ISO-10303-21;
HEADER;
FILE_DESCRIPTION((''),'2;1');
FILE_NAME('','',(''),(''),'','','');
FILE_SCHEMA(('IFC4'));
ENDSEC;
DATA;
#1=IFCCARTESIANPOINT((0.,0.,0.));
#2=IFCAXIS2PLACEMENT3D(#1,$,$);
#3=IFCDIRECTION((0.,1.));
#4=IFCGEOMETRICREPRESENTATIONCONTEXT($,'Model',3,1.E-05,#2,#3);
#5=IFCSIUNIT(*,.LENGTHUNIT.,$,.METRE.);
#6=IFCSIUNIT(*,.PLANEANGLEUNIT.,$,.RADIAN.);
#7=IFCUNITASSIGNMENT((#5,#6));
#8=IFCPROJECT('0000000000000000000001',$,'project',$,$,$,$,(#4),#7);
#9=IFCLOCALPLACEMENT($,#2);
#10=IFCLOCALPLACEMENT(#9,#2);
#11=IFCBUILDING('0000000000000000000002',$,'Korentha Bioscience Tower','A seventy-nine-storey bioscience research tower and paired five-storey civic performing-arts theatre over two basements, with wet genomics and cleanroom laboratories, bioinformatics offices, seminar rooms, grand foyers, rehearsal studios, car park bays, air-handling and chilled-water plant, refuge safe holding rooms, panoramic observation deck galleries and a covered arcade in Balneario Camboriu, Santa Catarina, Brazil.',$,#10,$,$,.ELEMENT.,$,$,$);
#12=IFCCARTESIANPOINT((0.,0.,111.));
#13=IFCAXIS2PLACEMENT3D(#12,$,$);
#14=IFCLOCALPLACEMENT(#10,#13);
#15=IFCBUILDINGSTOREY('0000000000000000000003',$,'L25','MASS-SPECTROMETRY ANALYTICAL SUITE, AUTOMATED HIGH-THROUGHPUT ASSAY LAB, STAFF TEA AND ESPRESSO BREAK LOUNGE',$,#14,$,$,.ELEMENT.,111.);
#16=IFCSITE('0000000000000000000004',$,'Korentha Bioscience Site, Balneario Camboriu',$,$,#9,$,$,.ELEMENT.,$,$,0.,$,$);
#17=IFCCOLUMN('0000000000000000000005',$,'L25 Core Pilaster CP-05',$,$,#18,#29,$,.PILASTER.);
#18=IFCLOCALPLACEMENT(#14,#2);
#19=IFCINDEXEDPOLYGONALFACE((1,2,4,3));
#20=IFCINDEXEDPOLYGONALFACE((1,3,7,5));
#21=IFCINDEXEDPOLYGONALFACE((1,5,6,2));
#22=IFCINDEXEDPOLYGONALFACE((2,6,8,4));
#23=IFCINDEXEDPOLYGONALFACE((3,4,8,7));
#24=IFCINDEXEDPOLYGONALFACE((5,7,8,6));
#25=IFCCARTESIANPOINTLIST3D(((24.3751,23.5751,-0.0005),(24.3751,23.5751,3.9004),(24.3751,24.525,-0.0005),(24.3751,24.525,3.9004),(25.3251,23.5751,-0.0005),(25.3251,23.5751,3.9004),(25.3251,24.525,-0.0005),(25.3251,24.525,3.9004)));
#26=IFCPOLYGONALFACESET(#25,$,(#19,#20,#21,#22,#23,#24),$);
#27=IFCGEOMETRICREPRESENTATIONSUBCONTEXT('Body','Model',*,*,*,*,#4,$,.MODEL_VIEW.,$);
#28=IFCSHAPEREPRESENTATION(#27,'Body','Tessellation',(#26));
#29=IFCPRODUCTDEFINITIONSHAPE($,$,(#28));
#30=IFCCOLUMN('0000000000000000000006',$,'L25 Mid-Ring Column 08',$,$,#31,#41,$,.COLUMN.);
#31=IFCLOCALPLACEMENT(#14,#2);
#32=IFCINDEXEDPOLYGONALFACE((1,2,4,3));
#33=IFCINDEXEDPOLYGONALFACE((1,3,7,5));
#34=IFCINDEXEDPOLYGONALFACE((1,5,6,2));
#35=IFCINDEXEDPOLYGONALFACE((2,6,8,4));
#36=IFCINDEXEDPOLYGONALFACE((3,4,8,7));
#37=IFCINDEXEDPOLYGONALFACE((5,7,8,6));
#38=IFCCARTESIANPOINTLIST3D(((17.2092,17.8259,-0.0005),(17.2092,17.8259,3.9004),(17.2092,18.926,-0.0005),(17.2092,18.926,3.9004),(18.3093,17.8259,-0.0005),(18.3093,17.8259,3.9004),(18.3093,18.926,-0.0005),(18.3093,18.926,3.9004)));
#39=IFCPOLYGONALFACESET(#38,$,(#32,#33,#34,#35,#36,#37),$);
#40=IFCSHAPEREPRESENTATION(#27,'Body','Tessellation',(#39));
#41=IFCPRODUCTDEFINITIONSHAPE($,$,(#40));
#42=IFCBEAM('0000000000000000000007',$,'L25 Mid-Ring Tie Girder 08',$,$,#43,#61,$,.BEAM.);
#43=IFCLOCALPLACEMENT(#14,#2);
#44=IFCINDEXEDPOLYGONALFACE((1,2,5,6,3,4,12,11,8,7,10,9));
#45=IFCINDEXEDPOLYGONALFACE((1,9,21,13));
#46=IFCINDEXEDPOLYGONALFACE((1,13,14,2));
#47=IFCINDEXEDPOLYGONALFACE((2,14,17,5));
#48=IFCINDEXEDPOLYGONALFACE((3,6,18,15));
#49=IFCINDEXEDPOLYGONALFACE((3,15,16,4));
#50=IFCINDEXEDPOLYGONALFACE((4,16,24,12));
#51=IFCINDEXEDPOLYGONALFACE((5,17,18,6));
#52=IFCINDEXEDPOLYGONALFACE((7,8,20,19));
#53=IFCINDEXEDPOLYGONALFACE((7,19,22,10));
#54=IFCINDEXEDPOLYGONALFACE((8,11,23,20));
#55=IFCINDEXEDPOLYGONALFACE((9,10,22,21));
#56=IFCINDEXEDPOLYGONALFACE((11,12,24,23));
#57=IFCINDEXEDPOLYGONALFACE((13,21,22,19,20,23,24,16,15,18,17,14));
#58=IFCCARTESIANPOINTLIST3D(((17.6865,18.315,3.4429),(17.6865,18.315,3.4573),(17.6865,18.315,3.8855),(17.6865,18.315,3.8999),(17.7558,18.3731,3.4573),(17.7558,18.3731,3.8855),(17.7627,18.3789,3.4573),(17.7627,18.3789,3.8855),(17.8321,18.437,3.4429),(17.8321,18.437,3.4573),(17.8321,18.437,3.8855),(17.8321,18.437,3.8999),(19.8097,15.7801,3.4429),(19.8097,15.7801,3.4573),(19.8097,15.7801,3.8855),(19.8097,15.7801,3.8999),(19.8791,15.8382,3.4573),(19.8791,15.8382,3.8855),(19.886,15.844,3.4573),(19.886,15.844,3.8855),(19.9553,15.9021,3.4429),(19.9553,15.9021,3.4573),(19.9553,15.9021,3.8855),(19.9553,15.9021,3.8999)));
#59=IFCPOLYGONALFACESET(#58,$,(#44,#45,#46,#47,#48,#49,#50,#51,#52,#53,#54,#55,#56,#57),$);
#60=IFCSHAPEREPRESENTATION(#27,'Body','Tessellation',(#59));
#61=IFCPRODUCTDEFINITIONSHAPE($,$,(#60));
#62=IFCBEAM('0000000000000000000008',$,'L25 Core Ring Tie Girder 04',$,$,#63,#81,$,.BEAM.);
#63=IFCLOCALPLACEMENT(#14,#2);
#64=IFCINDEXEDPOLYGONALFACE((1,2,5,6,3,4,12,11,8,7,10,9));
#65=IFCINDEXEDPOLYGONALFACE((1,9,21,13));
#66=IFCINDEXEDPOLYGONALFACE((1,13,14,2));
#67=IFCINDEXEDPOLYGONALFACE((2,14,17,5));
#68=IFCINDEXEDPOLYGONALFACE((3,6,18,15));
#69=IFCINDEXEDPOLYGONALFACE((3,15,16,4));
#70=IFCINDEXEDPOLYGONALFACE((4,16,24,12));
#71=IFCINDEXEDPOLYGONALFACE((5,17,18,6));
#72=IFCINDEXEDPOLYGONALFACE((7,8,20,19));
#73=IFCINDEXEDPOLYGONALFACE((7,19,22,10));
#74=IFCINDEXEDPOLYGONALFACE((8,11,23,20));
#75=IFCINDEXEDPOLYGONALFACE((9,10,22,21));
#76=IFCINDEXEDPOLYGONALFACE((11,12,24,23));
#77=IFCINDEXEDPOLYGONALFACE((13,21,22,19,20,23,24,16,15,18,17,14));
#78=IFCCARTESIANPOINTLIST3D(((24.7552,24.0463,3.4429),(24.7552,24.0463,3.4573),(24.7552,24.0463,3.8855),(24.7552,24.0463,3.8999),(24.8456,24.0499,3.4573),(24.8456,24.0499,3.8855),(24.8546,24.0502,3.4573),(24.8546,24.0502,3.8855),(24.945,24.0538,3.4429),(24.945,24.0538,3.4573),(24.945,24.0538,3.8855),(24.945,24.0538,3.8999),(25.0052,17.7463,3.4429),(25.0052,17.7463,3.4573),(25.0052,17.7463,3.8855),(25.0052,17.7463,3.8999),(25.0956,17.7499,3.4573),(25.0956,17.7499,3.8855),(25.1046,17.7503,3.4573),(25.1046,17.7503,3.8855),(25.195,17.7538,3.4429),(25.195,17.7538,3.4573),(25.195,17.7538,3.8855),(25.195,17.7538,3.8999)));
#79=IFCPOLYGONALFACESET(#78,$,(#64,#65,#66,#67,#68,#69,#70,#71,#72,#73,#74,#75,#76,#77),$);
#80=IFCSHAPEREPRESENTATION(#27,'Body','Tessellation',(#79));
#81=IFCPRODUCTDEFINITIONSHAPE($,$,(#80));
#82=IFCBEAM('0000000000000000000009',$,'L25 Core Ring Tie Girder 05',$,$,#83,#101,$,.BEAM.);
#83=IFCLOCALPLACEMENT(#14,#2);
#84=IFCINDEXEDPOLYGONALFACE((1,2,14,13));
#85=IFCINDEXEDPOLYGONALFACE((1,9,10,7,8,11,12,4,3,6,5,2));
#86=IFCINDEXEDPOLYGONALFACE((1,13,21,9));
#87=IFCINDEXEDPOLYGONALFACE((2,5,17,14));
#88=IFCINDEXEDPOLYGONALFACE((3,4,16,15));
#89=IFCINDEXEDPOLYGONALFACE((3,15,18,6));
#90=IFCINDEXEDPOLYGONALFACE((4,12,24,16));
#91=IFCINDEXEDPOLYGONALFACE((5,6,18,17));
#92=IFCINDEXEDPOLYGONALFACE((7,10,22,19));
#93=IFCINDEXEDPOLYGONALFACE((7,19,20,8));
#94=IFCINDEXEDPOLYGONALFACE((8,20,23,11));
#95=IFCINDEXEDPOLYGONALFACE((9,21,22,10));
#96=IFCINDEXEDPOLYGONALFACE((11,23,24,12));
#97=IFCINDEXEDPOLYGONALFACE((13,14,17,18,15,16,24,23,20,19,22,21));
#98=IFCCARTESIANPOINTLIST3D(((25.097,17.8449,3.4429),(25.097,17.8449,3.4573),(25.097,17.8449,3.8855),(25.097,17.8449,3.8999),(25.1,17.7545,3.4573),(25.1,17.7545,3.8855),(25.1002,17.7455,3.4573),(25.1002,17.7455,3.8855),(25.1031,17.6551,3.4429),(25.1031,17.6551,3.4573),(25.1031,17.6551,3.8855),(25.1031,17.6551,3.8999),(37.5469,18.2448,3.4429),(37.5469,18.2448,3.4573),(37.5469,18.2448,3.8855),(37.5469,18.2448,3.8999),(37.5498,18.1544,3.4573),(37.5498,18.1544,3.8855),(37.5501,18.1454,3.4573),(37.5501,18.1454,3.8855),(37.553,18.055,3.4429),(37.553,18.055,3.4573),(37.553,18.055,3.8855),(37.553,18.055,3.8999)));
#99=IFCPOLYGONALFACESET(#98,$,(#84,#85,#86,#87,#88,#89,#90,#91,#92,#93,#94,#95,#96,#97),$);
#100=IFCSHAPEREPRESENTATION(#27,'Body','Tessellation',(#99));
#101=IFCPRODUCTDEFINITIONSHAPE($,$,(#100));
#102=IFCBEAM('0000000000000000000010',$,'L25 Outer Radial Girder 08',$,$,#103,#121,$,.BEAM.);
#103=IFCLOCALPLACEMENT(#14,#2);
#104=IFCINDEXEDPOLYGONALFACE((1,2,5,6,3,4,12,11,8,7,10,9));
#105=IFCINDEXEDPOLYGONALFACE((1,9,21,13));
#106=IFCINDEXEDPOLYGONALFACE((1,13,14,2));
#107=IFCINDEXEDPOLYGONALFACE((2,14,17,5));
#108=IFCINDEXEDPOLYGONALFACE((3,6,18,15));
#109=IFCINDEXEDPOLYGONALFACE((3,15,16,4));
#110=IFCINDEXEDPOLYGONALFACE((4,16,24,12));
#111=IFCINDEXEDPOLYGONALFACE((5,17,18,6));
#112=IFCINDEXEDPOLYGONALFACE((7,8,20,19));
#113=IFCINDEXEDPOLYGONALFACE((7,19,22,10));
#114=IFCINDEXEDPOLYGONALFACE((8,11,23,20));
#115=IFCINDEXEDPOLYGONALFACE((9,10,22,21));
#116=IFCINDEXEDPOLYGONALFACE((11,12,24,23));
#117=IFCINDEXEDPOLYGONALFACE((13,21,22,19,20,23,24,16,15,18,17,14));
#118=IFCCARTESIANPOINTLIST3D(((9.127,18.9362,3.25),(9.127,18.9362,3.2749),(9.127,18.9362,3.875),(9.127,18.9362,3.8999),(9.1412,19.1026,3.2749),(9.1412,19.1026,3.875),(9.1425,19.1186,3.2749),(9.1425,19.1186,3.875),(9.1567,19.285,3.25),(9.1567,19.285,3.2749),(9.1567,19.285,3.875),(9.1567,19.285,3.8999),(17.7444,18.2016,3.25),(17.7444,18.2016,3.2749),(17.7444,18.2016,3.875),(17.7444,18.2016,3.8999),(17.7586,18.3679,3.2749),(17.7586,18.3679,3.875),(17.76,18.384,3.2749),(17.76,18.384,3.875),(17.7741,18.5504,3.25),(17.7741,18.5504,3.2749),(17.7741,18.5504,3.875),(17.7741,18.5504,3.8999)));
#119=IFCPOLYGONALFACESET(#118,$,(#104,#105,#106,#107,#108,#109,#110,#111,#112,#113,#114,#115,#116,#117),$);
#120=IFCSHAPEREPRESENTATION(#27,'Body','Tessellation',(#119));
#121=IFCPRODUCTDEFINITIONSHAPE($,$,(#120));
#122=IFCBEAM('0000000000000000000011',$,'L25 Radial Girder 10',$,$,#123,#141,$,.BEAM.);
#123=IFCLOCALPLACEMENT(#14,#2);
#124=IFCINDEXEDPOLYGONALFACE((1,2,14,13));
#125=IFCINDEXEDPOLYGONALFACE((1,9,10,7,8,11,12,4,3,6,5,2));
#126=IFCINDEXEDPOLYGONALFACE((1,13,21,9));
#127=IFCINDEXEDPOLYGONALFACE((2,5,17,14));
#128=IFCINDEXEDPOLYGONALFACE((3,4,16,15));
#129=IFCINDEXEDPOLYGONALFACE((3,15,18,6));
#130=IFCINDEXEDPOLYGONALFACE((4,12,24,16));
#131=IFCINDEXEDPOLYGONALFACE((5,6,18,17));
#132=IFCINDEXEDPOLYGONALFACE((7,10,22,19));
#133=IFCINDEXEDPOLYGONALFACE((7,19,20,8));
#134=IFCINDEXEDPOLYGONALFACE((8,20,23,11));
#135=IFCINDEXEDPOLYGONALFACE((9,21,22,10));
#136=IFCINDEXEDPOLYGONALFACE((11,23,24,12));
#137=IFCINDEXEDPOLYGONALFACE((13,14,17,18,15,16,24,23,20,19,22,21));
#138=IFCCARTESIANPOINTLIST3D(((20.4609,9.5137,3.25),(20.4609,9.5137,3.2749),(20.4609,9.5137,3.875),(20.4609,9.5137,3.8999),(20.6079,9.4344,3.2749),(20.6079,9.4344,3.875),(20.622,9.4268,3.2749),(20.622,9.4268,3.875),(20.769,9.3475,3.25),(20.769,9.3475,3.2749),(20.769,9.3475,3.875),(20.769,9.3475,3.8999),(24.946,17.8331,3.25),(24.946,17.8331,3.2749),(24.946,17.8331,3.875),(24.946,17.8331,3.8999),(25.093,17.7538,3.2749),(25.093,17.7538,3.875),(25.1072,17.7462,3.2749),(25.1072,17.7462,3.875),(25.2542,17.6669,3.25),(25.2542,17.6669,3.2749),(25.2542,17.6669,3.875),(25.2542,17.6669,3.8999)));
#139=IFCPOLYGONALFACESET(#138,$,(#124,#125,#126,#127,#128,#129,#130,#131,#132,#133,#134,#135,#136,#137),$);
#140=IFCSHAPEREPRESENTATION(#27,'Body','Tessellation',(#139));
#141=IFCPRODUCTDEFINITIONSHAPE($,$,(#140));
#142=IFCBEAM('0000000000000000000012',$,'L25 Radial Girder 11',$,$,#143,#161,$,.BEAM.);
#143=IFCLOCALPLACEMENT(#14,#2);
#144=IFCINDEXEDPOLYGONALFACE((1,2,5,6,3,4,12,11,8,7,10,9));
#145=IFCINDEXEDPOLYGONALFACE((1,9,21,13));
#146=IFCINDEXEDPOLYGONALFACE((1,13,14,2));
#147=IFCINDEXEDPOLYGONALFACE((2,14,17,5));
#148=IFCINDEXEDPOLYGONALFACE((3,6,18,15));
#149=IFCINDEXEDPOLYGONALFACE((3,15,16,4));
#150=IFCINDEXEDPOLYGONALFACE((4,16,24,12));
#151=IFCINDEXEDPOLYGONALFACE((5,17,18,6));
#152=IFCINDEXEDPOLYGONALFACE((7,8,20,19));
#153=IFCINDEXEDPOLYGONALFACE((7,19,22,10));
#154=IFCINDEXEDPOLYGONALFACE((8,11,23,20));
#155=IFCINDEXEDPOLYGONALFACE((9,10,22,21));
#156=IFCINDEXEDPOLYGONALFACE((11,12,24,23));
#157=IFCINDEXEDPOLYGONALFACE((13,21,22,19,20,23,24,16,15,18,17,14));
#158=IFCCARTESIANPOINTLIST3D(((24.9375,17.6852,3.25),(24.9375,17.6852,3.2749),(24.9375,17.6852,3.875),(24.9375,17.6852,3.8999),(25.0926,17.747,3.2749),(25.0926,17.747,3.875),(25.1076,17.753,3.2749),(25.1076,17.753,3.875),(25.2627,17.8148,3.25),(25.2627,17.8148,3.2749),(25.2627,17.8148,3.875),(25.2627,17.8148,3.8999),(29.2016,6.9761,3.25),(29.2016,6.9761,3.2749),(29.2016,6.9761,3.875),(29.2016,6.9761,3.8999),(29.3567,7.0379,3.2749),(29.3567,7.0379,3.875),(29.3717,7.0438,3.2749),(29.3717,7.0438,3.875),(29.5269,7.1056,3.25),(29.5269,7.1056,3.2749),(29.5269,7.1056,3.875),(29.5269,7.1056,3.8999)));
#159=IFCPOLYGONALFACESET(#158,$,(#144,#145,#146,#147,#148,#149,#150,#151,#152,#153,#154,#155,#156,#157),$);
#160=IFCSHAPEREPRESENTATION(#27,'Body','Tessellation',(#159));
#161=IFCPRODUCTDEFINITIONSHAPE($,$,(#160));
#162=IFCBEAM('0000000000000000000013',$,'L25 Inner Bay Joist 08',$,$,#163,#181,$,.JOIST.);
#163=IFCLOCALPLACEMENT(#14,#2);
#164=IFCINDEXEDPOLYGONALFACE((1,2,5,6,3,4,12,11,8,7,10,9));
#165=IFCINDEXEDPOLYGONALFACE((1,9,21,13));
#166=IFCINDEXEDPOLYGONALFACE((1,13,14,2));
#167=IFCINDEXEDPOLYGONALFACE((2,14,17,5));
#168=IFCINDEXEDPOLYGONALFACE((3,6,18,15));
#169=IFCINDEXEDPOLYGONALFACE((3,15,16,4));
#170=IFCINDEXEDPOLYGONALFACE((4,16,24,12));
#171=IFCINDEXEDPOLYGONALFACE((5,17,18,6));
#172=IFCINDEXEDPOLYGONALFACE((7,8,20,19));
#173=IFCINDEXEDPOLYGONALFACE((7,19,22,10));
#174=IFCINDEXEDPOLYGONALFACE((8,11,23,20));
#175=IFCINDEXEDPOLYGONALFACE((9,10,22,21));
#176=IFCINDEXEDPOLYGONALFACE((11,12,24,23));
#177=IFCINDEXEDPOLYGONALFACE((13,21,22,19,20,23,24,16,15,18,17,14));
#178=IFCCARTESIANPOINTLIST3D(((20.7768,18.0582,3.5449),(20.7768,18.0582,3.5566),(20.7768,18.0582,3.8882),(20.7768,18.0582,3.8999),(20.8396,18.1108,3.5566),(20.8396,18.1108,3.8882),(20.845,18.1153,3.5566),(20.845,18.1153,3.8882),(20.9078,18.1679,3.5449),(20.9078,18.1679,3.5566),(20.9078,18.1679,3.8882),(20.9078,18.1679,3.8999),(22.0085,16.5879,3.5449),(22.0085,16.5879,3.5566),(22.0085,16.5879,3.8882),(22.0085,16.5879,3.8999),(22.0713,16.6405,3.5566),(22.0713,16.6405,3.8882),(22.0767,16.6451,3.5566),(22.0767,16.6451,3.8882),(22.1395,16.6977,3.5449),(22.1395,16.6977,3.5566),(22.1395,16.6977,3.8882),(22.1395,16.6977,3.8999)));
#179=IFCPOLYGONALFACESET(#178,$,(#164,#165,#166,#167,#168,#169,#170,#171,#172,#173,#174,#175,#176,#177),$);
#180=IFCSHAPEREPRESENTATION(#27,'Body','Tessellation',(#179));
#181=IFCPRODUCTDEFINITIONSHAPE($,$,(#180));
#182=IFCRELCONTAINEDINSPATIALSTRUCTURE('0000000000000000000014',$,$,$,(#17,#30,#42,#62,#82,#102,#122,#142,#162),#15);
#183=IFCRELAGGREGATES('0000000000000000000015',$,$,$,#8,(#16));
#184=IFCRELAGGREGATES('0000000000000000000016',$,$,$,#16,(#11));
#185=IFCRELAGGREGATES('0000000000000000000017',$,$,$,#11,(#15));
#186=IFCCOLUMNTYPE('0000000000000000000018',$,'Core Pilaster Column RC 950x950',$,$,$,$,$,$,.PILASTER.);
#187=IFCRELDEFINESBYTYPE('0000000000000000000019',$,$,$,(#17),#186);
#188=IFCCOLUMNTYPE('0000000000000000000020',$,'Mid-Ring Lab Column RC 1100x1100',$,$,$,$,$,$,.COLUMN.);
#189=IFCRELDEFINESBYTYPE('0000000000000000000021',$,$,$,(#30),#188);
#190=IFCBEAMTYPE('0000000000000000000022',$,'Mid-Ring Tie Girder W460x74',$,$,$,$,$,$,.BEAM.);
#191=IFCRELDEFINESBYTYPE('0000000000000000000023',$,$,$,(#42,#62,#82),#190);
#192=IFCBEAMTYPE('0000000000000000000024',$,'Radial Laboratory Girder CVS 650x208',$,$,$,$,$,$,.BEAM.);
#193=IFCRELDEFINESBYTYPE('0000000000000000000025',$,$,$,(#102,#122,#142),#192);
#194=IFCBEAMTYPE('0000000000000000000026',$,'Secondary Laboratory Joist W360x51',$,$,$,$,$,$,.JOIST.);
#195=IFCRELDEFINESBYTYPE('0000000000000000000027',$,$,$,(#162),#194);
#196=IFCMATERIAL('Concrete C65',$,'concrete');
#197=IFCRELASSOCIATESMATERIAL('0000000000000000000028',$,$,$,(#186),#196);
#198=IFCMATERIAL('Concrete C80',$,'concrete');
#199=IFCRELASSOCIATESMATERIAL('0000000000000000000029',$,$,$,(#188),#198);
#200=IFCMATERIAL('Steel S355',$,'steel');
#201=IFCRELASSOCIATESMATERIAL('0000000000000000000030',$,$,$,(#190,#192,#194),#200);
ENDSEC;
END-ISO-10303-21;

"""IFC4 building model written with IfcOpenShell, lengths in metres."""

from ifc_helpers import new_model, si_unit, direction, frame, origin, origin_2d, place, context, subcontext, project, spatial, rectangle, i_section, extrude, material, material_profile, profile_set, type_object, element, save


model = new_model("IFC4")

# Units and contexts
model_context = context("Model", 3, precision=1e-05, world=origin(), true_north=direction((0.0, 1.0)))
body_context = subcontext(model_context, "Body", "Model", "MODEL_VIEW")
ifc_project = project(units=[si_unit("LENGTHUNIT", "METRE"), si_unit("PLANEANGLEUNIT", "RADIAN")], contexts=[model_context])

# Site, building, storey
site_placement = place(None, origin())
site = spatial("IfcSite", under=ifc_project, at=site_placement, Name="Korentha Bioscience Site, Balneario Camboriu", CompositionType="ELEMENT", RefElevation=0.0)
building_placement = place(site_placement, origin())
building = spatial("IfcBuilding", under=site, at=building_placement, Name="Korentha Bioscience Tower", Description="A seventy-nine-storey bioscience research tower and paired five-storey civic performing-arts theatre over two basements, with wet genomics and cleanroom laboratories, bioinformatics offices, seminar rooms, grand foyers, rehearsal studios, car park bays, air-handling and chilled-water plant, refuge safe holding rooms, panoramic observation deck galleries and a covered arcade in Balneario Camboriu, Santa Catarina, Brazil.", CompositionType="ELEMENT")
storey_placement = place(building_placement, frame((0.0, 0.0, 111.0)))
storey = spatial("IfcBuildingStorey", under=building, at=storey_placement, Name="L25", Description="MASS-SPECTROMETRY ANALYTICAL SUITE, AUTOMATED HIGH-THROUGHPUT ASSAY LAB, STAFF TEA AND ESPRESSO BREAK LOUNGE", CompositionType="ELEMENT", Elevation=111.0)

# Columns
ifc_material_1 = material(Name="Concrete C65", Category="concrete")
ifc_material_profile_1 = material_profile(ifc_material_1, rectangle(XDim=0.95, YDim=0.95, at=origin_2d()), Name="Concrete C65")
ifc_profile_set_1 = profile_set([ifc_material_profile_1], Name="Concrete C65 (COL-CP09)")
column_type_1 = type_object("IfcColumnType", Name="Core Pilaster Column RC 950x950", PredefinedType="PILASTER", material=ifc_profile_set_1)
column_1_placement = place(storey_placement, frame((24.8501, 24.05, -0.0005), z_axis=(0.0, 0.0, 1.0), x_axis=(1.0, 0.0, 0.0)))
element("IfcColumn", 1, at=column_1_placement, inside=storey, type_object=column_type_1, Name="L25 Core Pilaster CP-05", PredefinedType="PILASTER", context=body_context, shape_type="SweptSolid", body=[
    extrude(rectangle(XDim=0.95, YDim=0.95, at=origin_2d()), origin(), (0.0, 0.0, 1.0), 3.9009),
])
ifc_material_2 = material(Name="Concrete C80", Category="concrete")
ifc_material_profile_2 = material_profile(ifc_material_2, rectangle(XDim=1.1001, YDim=1.1001, at=origin_2d()), Name="Concrete C80")
ifc_profile_set_2 = profile_set([ifc_material_profile_2], Name="Concrete C80 (COL-MR11)")
column_type_2 = type_object("IfcColumnType", Name="Mid-Ring Lab Column RC 1100x1100", PredefinedType="COLUMN", material=ifc_profile_set_2)
column_2_placement = place(storey_placement, frame((17.7593, 18.376, -0.0005), z_axis=(0.0, 0.0, 1.0), x_axis=(1.0, 0.0, 0.0)))
element("IfcColumn", 2, at=column_2_placement, inside=storey, type_object=column_type_2, Name="L25 Mid-Ring Column 08", PredefinedType="COLUMN", context=body_context, shape_type="SweptSolid", body=[
    extrude(rectangle(XDim=1.1001, YDim=1.1001, at=origin_2d()), origin(), (0.0, 0.0, 1.0), 3.9009),
])

# Beams
ifc_material_3 = material(Name="Steel S355", Category="steel")
ifc_material_profile_3 = material_profile(ifc_material_3, i_section(OverallWidth=0.1899, OverallDepth=0.457, WebThickness=0.009, FlangeThickness=0.0144, at=origin_2d()), Name="Steel S355")
ifc_profile_set_3 = profile_set([ifc_material_profile_3], Name="Steel S355 (MB-460)")
beam_type_1 = type_object("IfcBeamType", Name="Mid-Ring Tie Girder W460x74", PredefinedType="BEAM", material=ifc_profile_set_3)
beam_1_placement = place(storey_placement, frame((17.7593, 18.376, 3.6714), z_axis=(0.642121, -0.766603, 0.0), x_axis=(0.766603, 0.642121, 0.0)))
element("IfcBeam", 3, at=beam_1_placement, inside=storey, type_object=beam_type_1, Name="L25 Mid-Ring Tie Girder 08", PredefinedType="BEAM", context=body_context, shape_type="SweptSolid", body=[
    extrude(i_section(OverallWidth=0.1899, OverallDepth=0.457, WebThickness=0.009, FlangeThickness=0.0144, at=origin_2d()), origin(), (0.0, 0.0, 1.0), 3.3066),
])
beam_2_placement = place(storey_placement, frame((24.8501, 24.05, 3.6714), z_axis=(0.039651, -0.999214, 0.0), x_axis=(0.999214, 0.039651, 0.0)))
element("IfcBeam", 4, at=beam_2_placement, inside=storey, type_object=beam_type_1, Name="L25 Core Ring Tie Girder 04", PredefinedType="BEAM", context=body_context, shape_type="SweptSolid", body=[
    extrude(i_section(OverallWidth=0.1899, OverallDepth=0.457, WebThickness=0.009, FlangeThickness=0.0144, at=origin_2d()), origin(), (0.0, 0.0, 1.0), 6.3049),
])
beam_3_placement = place(storey_placement, frame((25.1001, 17.75, 3.6714), z_axis=(0.999485, 0.032104, 0.0), x_axis=(-0.032104, 0.999485, 0.0)))
element("IfcBeam", 5, at=beam_3_placement, inside=storey, type_object=beam_type_1, Name="L25 Core Ring Tie Girder 05", PredefinedType="BEAM", context=body_context, shape_type="SweptSolid", body=[
    extrude(i_section(OverallWidth=0.1899, OverallDepth=0.457, WebThickness=0.009, FlangeThickness=0.0144, at=origin_2d()), origin(), (0.0, 0.0, 1.0), 12.4563),
])
ifc_material_profile_4 = material_profile(ifc_material_3, i_section(OverallWidth=0.3501, OverallDepth=0.6499, WebThickness=0.0161, FlangeThickness=0.0249, at=origin_2d()), Name="Steel S355")
ifc_profile_set_4 = profile_set([ifc_material_profile_4], Name="Steel S355 (RB-650)")
beam_type_2 = type_object("IfcBeamType", Name="Radial Laboratory Girder CVS 650x208", PredefinedType="BEAM", material=ifc_profile_set_4)
beam_4_placement = place(storey_placement, frame((17.7593, 18.376, 3.575), z_axis=(-0.996386, 0.08494, 0.0), x_axis=(-0.08494, -0.996386, 0.0)))
element("IfcBeam", 6, at=beam_4_placement, inside=storey, type_object=beam_type_2, Name="L25 Outer Radial Girder 08", PredefinedType="BEAM", context=body_context, shape_type="SweptSolid", body=[
    extrude(i_section(OverallWidth=0.3501, OverallDepth=0.6499, WebThickness=0.0161, FlangeThickness=0.0249, at=origin_2d()), origin(), (0.0, 0.0, 1.0), 8.6487),
])
beam_5_placement = place(storey_placement, frame((25.1001, 17.75, 3.575), z_axis=(-0.474548, -0.88023, 0.0), x_axis=(0.88023, -0.474548, 0.0)))
element("IfcBeam", 7, at=beam_5_placement, inside=storey, type_object=beam_type_2, Name="L25 Radial Girder 10", PredefinedType="BEAM", context=body_context, shape_type="SweptSolid", body=[
    extrude(i_section(OverallWidth=0.3501, OverallDepth=0.6499, WebThickness=0.0161, FlangeThickness=0.0249, at=origin_2d()), origin(), (0.0, 0.0, 1.0), 9.4514),
])
beam_6_placement = place(storey_placement, frame((25.1001, 17.75, 3.575), z_axis=(0.36993, -0.92906, 0.0), x_axis=(0.92906, 0.36993, 0.0)))
element("IfcBeam", 8, at=beam_6_placement, inside=storey, type_object=beam_type_2, Name="L25 Radial Girder 11", PredefinedType="BEAM", context=body_context, shape_type="SweptSolid", body=[
    extrude(i_section(OverallWidth=0.3501, OverallDepth=0.6499, WebThickness=0.0161, FlangeThickness=0.0249, at=origin_2d()), origin(), (0.0, 0.0, 1.0), 11.5269),
])
ifc_material_profile_5 = material_profile(ifc_material_3, i_section(OverallWidth=0.1709, OverallDepth=0.355, WebThickness=0.0071, FlangeThickness=0.0117, at=origin_2d()), Name="Steel S355")
ifc_profile_set_5 = profile_set([ifc_material_profile_5], Name="Steel S355 (JB-360)")
beam_type_3 = type_object("IfcBeamType", Name="Secondary Laboratory Joist W360x51", PredefinedType="JOIST", material=ifc_profile_set_5)
beam_7_placement = place(storey_placement, frame((20.8423, 18.113, 3.7224), z_axis=(0.642185, -0.766549, 0.0), x_axis=(0.766549, 0.642185, 0.0)))
element("IfcBeam", 9, at=beam_7_placement, inside=storey, type_object=beam_type_3, Name="L25 Inner Bay Joist 08", PredefinedType="JOIST", context=body_context, shape_type="SweptSolid", body=[
    extrude(i_section(OverallWidth=0.1709, OverallDepth=0.355, WebThickness=0.0071, FlangeThickness=0.0117, at=origin_2d()), origin(), (0.0, 0.0, 1.0), 1.918),
])

save(model, "model.ifc")
